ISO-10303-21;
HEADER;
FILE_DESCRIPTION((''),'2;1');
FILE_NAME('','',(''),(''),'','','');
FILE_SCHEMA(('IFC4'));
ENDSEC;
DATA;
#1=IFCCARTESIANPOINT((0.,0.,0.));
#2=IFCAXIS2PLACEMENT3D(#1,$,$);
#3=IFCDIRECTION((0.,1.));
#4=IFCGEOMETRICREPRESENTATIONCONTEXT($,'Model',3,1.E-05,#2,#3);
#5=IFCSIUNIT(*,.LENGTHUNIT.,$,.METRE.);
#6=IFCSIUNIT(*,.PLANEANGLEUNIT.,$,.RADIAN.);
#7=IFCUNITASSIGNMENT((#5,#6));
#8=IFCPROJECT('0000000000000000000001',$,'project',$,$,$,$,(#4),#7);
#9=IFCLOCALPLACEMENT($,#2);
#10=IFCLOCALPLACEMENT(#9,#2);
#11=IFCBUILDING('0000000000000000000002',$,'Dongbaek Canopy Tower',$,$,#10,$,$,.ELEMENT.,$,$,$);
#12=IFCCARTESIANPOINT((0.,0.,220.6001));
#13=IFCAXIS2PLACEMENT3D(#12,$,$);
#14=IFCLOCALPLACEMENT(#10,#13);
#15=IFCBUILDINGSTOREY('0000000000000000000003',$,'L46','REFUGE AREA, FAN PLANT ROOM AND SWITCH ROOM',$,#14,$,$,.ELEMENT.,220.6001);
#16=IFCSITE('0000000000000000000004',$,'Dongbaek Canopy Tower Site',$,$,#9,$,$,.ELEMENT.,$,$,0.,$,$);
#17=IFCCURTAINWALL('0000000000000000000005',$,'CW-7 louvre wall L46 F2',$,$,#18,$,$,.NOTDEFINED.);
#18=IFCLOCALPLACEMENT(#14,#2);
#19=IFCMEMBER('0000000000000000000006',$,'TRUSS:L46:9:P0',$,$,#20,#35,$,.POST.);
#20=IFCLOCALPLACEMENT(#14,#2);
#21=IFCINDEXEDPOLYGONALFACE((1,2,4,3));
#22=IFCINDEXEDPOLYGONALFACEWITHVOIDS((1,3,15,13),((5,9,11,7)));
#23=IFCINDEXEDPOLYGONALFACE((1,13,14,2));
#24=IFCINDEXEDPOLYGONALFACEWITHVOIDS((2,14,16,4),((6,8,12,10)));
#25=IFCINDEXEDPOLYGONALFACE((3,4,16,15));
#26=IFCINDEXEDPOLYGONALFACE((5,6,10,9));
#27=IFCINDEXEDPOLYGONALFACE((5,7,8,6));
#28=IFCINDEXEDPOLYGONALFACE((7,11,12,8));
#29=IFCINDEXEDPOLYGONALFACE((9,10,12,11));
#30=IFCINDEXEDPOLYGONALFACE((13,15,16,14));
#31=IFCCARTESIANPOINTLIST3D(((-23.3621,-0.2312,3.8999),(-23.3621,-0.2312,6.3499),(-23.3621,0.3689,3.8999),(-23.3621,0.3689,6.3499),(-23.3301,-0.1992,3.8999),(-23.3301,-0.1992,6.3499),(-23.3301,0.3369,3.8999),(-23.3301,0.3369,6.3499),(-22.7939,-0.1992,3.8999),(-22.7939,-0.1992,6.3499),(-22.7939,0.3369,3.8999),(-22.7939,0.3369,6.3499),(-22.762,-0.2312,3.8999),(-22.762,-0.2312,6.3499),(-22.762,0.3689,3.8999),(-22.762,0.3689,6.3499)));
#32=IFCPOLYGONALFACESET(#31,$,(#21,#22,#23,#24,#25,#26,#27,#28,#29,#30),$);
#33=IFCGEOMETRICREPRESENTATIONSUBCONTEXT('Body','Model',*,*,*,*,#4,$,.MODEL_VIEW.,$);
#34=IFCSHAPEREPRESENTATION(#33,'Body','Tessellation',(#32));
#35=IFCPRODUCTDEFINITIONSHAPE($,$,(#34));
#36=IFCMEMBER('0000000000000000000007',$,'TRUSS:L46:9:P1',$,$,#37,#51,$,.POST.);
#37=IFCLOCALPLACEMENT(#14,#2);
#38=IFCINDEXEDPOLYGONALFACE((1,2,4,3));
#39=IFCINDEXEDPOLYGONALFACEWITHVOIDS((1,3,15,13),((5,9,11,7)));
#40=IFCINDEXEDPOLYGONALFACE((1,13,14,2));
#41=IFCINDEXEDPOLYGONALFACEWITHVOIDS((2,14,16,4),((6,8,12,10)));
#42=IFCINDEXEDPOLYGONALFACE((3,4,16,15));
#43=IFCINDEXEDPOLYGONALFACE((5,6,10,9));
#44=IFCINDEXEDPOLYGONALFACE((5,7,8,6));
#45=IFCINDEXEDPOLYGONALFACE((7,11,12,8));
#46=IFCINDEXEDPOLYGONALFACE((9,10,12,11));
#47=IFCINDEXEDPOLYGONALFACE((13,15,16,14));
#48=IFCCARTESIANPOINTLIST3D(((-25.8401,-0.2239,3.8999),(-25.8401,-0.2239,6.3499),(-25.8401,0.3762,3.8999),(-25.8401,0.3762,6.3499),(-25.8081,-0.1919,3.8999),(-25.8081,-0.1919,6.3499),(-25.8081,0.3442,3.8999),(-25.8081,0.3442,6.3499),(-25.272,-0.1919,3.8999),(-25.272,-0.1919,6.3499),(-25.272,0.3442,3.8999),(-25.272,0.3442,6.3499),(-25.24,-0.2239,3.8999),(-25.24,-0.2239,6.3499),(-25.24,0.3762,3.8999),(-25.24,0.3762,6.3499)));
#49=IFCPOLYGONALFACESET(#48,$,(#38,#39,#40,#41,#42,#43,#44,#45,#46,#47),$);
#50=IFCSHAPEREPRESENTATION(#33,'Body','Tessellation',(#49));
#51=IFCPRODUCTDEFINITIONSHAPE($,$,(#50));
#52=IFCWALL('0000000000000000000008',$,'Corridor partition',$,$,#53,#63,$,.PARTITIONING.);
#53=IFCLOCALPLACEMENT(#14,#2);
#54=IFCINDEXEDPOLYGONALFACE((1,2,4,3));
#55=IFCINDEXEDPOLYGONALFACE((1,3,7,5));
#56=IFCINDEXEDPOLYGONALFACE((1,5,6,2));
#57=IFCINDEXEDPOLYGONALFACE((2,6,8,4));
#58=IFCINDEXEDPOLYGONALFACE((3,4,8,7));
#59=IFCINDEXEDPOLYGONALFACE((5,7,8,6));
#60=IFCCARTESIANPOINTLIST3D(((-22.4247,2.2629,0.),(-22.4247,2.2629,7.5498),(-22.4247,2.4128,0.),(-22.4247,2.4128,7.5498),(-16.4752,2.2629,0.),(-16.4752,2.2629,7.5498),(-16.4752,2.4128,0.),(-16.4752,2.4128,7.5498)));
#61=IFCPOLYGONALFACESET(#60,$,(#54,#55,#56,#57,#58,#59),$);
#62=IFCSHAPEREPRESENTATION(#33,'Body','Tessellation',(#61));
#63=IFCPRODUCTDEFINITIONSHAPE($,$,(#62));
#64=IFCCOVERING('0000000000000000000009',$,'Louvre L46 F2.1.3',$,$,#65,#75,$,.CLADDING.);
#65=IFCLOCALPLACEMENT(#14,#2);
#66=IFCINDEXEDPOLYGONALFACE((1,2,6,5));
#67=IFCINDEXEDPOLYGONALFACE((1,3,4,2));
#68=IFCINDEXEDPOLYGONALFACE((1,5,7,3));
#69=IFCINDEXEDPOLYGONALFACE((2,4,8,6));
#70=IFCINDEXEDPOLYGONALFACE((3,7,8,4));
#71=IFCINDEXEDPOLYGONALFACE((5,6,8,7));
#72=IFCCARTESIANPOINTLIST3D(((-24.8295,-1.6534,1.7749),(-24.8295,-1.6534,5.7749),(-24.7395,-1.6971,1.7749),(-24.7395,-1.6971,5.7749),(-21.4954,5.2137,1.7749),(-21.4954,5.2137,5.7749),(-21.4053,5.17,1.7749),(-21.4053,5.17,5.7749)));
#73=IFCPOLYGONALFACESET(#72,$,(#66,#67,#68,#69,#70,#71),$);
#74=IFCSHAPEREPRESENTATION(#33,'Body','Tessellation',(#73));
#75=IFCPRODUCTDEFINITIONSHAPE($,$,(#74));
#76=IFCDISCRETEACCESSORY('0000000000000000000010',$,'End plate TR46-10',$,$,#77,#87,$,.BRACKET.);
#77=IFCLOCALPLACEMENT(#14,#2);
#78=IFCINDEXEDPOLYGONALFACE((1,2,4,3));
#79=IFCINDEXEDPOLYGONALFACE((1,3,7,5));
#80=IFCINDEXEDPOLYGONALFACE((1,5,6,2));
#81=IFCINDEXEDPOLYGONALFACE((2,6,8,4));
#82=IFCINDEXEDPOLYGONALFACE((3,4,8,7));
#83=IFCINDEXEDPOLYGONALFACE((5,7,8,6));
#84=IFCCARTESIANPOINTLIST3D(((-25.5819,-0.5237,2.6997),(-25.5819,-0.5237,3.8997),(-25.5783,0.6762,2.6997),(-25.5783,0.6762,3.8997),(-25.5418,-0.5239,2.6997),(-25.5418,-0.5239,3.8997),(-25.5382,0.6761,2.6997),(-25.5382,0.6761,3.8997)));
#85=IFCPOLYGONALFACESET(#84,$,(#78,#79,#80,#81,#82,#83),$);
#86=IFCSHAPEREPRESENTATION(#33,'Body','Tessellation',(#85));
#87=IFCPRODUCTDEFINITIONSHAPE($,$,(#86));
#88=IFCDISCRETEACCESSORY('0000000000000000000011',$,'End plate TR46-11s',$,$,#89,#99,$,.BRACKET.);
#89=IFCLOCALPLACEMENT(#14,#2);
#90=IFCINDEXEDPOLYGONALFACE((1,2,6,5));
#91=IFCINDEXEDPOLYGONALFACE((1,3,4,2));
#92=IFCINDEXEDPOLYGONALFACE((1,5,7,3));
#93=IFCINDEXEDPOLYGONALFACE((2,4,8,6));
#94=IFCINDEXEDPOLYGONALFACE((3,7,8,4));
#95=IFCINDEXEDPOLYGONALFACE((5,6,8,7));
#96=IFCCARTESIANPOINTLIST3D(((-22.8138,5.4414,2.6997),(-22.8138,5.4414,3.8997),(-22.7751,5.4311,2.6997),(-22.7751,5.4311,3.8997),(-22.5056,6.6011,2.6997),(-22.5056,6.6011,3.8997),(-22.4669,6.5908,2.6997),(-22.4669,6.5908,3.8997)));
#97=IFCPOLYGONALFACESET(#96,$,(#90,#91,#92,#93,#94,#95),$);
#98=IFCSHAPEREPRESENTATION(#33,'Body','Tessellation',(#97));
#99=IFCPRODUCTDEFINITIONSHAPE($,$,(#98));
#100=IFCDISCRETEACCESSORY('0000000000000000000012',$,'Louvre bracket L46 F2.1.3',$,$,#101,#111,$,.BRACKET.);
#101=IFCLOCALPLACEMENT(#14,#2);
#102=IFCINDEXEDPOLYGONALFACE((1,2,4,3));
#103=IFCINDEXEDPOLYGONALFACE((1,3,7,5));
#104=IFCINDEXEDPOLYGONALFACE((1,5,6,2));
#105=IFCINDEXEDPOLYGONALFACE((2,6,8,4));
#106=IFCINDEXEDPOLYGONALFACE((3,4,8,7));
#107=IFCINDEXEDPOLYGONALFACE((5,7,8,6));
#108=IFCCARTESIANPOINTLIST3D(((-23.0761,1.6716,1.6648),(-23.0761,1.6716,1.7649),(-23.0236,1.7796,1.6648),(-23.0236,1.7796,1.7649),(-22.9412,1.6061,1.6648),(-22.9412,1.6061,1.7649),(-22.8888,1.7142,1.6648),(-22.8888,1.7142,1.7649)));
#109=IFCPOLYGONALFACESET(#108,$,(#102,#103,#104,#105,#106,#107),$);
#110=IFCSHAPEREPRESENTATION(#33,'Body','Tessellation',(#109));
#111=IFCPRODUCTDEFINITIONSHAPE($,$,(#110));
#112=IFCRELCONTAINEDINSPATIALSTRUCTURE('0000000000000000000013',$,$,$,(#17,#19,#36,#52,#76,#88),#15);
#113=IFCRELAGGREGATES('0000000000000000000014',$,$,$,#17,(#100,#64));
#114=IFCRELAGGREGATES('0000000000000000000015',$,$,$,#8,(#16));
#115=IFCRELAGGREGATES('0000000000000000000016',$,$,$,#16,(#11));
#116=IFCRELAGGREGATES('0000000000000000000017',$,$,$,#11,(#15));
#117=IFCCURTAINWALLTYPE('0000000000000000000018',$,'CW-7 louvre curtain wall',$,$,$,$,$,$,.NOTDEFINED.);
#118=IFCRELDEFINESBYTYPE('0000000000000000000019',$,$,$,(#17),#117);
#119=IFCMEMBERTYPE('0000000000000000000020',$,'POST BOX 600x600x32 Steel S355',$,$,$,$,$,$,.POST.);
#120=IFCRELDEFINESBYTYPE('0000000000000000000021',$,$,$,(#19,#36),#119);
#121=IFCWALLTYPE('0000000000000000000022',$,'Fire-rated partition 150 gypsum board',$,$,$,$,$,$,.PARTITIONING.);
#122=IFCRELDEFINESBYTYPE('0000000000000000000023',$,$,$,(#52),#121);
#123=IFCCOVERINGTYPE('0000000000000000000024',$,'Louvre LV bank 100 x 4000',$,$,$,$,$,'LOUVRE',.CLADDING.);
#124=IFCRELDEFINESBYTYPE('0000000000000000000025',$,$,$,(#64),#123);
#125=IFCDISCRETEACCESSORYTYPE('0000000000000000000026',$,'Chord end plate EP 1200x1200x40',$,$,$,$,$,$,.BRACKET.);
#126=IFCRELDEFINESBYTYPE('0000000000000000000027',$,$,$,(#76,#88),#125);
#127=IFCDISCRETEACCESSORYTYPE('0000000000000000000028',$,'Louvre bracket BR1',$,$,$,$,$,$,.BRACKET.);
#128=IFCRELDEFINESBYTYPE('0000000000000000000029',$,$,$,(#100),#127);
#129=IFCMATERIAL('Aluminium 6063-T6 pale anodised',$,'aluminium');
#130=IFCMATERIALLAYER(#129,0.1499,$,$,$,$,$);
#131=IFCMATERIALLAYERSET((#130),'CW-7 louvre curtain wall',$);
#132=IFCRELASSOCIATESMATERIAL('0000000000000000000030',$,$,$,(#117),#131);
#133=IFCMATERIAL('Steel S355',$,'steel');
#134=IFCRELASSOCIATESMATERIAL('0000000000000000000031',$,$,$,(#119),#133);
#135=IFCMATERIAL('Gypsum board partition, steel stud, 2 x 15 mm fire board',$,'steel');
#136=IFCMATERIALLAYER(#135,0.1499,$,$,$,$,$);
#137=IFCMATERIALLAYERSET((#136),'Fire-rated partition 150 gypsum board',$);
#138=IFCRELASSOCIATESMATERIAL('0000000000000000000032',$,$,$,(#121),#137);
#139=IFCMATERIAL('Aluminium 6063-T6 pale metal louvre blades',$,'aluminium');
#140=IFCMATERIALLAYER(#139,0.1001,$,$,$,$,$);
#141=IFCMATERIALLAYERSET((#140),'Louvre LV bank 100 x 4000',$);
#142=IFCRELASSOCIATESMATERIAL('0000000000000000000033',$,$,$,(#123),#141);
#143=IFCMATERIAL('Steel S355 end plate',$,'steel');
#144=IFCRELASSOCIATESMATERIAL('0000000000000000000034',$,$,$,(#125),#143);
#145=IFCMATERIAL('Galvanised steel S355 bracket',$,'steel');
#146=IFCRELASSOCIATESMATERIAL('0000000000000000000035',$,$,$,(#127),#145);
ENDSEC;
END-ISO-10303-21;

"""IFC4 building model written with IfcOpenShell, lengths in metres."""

from ifc_helpers import new_model, si_unit, direction, frame, frame_2d, origin, origin_2d, place, context, subcontext, project, spatial, rectangle, hollow_rectangle, extrude, material, layer, layer_set, material_profile, profile_set, type_object, element, aggregate, save


model = new_model("IFC4")

# Units and contexts
model_context = context("Model", 3, precision=1e-05, world=origin(), true_north=direction((0.0, 1.0)))
body_context = subcontext(model_context, "Body", "Model", "MODEL_VIEW")
ifc_project = project(units=[si_unit("LENGTHUNIT", "METRE"), si_unit("PLANEANGLEUNIT", "RADIAN")], contexts=[model_context])

# Site, building, storey
site_placement = place(None, origin())
site = spatial("IfcSite", under=ifc_project, at=site_placement, Name="Dongbaek Canopy Tower Site", CompositionType="ELEMENT", RefElevation=0.0)
building_placement = place(site_placement, origin())
building = spatial("IfcBuilding", under=site, at=building_placement, Name="Dongbaek Canopy Tower", CompositionType="ELEMENT")
storey_placement = place(building_placement, frame((0.0, 0.0, 220.6001)))
storey = spatial("IfcBuildingStorey", under=building, at=storey_placement, Name="L46", Description="REFUGE AREA, FAN PLANT ROOM AND SWITCH ROOM", CompositionType="ELEMENT", Elevation=220.6001)

# Curtain wall
ifc_material_1 = material(Name="Aluminium 6063-T6 pale anodised", Category="aluminium")
ifc_layer_1 = layer(ifc_material_1, 0.1499)
ifc_layer_set_1 = layer_set([ifc_layer_1], Name="CW-7 louvre curtain wall")
curtain_wall_type = type_object("IfcCurtainWallType", Name="CW-7 louvre curtain wall", PredefinedType="NOTDEFINED", material=ifc_layer_set_1)
curtain_wall_placement = place(storey_placement, origin())
curtain_wall = element("IfcCurtainWall", 1, at=curtain_wall_placement, inside=storey, type_object=curtain_wall_type, Name="CW-7 louvre wall L46 F2", PredefinedType="NOTDEFINED")

# Members
ifc_material_2 = material(Name="Steel S355", Category="steel")
ifc_material_profile_1 = material_profile(ifc_material_2, hollow_rectangle(XDim=0.6001, YDim=0.6001, WallThickness=0.032, at=origin_2d()), Name="POST BOX 600x600x32 Steel S355")
ifc_profile_set_1 = profile_set([ifc_material_profile_1], Name="Steel S355")
member_type_1 = type_object("IfcMemberType", Name="POST BOX 600x600x32 Steel S355", PredefinedType="POST", material=ifc_profile_set_1)
for number, where, z_axis, x_axis, name in (
    (2, (-23.062, 0.0688, 3.8999), (0.0, 0.0, 1.0), (1.0, 0.0, 0.0), "TRUSS:L46:9:P0"),
    (3, (-25.54, 0.0762, 3.8999), (0.0, 0.0, 1.0), (1.0, 0.0, 0.0), "TRUSS:L46:9:P1"),
):
    element("IfcMember", number, at=place(storey_placement, frame(where, z_axis=z_axis, x_axis=x_axis)), inside=storey, type_object=member_type_1, Name=name, PredefinedType="POST", context=body_context, shape_type="SweptSolid", body=[
        extrude(hollow_rectangle(XDim=0.6001, YDim=0.6001, WallThickness=0.032, at=origin_2d()), origin(), (0.0, 0.0, 1.0), 2.45),
    ])

# Wall
ifc_material_3 = material(Name="Gypsum board partition, steel stud, 2 x 15 mm fire board", Category="steel")
ifc_layer_2 = layer(ifc_material_3, 0.1499)
ifc_layer_set_2 = layer_set([ifc_layer_2], Name="Fire-rated partition 150 gypsum board")
wall_type = type_object("IfcWallType", Name="Fire-rated partition 150 gypsum board", PredefinedType="PARTITIONING", material=ifc_layer_set_2)
wall_placement = place(storey_placement, frame((-22.4246, 2.3379, 0.0), z_axis=(0.0, 0.0, 1.0), x_axis=(1.0, 0.0, 0.0)))
element("IfcWall", 4, at=wall_placement, inside=storey, type_object=wall_type, Name="Corridor partition", PredefinedType="PARTITIONING", context=body_context, shape_type="SweptSolid", body=[
    extrude(rectangle(XDim=5.9495, YDim=0.1499, at=frame_2d((2.9746, 0.0))), origin(), (0.0, 0.0, 1.0), 7.5498),
])

# Covering
ifc_material_4 = material(Name="Aluminium 6063-T6 pale metal louvre blades", Category="aluminium")
ifc_layer_3 = layer(ifc_material_4, 0.1001)
ifc_layer_set_3 = layer_set([ifc_layer_3], Name="Louvre LV bank 100 x 4000")
covering_type = type_object("IfcCoveringType", Name="Louvre LV bank 100 x 4000", ElementType="LOUVRE", PredefinedType="CLADDING", material=ifc_layer_set_3)
covering_placement = place(storey_placement, frame((-23.1174, 1.7583, 1.7749), z_axis=(0.0, 0.0, 1.0), x_axis=(-0.436767, -0.899575, 0.0)))
covering = element("IfcCovering", 5, at=covering_placement, type_object=covering_type, Name="Louvre L46 F2.1.3", PredefinedType="CLADDING", context=body_context, shape_type="SweptSolid", body=[
    extrude(rectangle(XDim=7.6338, YDim=0.1001, at=origin_2d()), origin(), (0.0, 0.0, 1.0), 4.0),
])

# Discrete accessories
ifc_material_5 = material(Name="Steel S355 end plate", Category="steel")
discrete_accessory_type_1 = type_object("IfcDiscreteAccessoryType", Name="Chord end plate EP 1200x1200x40", PredefinedType="BRACKET", material=ifc_material_5)
for number, where, z_axis, x_axis, name in (
    (6, (-25.5601, 0.0762, 2.6997), (0.0, 0.0, 1.0), (0.999996, -0.002983, 0.0), "End plate TR46-10"),
    (7, (-22.6404, 6.0161, 2.6997), (0.0, 0.0, 1.0), (0.96646, -0.256819, 0.0), "End plate TR46-11s"),
):
    element("IfcDiscreteAccessory", number, at=place(storey_placement, frame(where, z_axis=z_axis, x_axis=x_axis)), inside=storey, type_object=discrete_accessory_type_1, Name=name, PredefinedType="BRACKET", context=body_context, shape_type="SweptSolid", body=[
        extrude(rectangle(XDim=0.04, YDim=1.2, at=origin_2d()), origin(), (0.0, 0.0, 1.0), 1.2),
    ])

# Discrete accessory
ifc_material_6 = material(Name="Galvanised steel S355 bracket", Category="steel")
discrete_accessory_type_2 = type_object("IfcDiscreteAccessoryType", Name="Louvre bracket BR1", PredefinedType="BRACKET", material=ifc_material_6)
discrete_accessory_placement = place(storey_placement, frame((-22.9824, 1.6929, 1.6648), z_axis=(0.0, 0.0, 1.0), x_axis=(-0.436767, -0.899575, 0.0)))
discrete_accessory = element("IfcDiscreteAccessory", 8, at=discrete_accessory_placement, type_object=discrete_accessory_type_2, Name="Louvre bracket L46 F2.1.3", PredefinedType="BRACKET", context=body_context, shape_type="SweptSolid", body=[
    extrude(rectangle(XDim=0.1201, YDim=0.1499, at=origin_2d()), origin(), (0.0, 0.0, 1.0), 0.1001),
])
aggregate(curtain_wall, [discrete_accessory, covering])

save(model, "model.ifc")
